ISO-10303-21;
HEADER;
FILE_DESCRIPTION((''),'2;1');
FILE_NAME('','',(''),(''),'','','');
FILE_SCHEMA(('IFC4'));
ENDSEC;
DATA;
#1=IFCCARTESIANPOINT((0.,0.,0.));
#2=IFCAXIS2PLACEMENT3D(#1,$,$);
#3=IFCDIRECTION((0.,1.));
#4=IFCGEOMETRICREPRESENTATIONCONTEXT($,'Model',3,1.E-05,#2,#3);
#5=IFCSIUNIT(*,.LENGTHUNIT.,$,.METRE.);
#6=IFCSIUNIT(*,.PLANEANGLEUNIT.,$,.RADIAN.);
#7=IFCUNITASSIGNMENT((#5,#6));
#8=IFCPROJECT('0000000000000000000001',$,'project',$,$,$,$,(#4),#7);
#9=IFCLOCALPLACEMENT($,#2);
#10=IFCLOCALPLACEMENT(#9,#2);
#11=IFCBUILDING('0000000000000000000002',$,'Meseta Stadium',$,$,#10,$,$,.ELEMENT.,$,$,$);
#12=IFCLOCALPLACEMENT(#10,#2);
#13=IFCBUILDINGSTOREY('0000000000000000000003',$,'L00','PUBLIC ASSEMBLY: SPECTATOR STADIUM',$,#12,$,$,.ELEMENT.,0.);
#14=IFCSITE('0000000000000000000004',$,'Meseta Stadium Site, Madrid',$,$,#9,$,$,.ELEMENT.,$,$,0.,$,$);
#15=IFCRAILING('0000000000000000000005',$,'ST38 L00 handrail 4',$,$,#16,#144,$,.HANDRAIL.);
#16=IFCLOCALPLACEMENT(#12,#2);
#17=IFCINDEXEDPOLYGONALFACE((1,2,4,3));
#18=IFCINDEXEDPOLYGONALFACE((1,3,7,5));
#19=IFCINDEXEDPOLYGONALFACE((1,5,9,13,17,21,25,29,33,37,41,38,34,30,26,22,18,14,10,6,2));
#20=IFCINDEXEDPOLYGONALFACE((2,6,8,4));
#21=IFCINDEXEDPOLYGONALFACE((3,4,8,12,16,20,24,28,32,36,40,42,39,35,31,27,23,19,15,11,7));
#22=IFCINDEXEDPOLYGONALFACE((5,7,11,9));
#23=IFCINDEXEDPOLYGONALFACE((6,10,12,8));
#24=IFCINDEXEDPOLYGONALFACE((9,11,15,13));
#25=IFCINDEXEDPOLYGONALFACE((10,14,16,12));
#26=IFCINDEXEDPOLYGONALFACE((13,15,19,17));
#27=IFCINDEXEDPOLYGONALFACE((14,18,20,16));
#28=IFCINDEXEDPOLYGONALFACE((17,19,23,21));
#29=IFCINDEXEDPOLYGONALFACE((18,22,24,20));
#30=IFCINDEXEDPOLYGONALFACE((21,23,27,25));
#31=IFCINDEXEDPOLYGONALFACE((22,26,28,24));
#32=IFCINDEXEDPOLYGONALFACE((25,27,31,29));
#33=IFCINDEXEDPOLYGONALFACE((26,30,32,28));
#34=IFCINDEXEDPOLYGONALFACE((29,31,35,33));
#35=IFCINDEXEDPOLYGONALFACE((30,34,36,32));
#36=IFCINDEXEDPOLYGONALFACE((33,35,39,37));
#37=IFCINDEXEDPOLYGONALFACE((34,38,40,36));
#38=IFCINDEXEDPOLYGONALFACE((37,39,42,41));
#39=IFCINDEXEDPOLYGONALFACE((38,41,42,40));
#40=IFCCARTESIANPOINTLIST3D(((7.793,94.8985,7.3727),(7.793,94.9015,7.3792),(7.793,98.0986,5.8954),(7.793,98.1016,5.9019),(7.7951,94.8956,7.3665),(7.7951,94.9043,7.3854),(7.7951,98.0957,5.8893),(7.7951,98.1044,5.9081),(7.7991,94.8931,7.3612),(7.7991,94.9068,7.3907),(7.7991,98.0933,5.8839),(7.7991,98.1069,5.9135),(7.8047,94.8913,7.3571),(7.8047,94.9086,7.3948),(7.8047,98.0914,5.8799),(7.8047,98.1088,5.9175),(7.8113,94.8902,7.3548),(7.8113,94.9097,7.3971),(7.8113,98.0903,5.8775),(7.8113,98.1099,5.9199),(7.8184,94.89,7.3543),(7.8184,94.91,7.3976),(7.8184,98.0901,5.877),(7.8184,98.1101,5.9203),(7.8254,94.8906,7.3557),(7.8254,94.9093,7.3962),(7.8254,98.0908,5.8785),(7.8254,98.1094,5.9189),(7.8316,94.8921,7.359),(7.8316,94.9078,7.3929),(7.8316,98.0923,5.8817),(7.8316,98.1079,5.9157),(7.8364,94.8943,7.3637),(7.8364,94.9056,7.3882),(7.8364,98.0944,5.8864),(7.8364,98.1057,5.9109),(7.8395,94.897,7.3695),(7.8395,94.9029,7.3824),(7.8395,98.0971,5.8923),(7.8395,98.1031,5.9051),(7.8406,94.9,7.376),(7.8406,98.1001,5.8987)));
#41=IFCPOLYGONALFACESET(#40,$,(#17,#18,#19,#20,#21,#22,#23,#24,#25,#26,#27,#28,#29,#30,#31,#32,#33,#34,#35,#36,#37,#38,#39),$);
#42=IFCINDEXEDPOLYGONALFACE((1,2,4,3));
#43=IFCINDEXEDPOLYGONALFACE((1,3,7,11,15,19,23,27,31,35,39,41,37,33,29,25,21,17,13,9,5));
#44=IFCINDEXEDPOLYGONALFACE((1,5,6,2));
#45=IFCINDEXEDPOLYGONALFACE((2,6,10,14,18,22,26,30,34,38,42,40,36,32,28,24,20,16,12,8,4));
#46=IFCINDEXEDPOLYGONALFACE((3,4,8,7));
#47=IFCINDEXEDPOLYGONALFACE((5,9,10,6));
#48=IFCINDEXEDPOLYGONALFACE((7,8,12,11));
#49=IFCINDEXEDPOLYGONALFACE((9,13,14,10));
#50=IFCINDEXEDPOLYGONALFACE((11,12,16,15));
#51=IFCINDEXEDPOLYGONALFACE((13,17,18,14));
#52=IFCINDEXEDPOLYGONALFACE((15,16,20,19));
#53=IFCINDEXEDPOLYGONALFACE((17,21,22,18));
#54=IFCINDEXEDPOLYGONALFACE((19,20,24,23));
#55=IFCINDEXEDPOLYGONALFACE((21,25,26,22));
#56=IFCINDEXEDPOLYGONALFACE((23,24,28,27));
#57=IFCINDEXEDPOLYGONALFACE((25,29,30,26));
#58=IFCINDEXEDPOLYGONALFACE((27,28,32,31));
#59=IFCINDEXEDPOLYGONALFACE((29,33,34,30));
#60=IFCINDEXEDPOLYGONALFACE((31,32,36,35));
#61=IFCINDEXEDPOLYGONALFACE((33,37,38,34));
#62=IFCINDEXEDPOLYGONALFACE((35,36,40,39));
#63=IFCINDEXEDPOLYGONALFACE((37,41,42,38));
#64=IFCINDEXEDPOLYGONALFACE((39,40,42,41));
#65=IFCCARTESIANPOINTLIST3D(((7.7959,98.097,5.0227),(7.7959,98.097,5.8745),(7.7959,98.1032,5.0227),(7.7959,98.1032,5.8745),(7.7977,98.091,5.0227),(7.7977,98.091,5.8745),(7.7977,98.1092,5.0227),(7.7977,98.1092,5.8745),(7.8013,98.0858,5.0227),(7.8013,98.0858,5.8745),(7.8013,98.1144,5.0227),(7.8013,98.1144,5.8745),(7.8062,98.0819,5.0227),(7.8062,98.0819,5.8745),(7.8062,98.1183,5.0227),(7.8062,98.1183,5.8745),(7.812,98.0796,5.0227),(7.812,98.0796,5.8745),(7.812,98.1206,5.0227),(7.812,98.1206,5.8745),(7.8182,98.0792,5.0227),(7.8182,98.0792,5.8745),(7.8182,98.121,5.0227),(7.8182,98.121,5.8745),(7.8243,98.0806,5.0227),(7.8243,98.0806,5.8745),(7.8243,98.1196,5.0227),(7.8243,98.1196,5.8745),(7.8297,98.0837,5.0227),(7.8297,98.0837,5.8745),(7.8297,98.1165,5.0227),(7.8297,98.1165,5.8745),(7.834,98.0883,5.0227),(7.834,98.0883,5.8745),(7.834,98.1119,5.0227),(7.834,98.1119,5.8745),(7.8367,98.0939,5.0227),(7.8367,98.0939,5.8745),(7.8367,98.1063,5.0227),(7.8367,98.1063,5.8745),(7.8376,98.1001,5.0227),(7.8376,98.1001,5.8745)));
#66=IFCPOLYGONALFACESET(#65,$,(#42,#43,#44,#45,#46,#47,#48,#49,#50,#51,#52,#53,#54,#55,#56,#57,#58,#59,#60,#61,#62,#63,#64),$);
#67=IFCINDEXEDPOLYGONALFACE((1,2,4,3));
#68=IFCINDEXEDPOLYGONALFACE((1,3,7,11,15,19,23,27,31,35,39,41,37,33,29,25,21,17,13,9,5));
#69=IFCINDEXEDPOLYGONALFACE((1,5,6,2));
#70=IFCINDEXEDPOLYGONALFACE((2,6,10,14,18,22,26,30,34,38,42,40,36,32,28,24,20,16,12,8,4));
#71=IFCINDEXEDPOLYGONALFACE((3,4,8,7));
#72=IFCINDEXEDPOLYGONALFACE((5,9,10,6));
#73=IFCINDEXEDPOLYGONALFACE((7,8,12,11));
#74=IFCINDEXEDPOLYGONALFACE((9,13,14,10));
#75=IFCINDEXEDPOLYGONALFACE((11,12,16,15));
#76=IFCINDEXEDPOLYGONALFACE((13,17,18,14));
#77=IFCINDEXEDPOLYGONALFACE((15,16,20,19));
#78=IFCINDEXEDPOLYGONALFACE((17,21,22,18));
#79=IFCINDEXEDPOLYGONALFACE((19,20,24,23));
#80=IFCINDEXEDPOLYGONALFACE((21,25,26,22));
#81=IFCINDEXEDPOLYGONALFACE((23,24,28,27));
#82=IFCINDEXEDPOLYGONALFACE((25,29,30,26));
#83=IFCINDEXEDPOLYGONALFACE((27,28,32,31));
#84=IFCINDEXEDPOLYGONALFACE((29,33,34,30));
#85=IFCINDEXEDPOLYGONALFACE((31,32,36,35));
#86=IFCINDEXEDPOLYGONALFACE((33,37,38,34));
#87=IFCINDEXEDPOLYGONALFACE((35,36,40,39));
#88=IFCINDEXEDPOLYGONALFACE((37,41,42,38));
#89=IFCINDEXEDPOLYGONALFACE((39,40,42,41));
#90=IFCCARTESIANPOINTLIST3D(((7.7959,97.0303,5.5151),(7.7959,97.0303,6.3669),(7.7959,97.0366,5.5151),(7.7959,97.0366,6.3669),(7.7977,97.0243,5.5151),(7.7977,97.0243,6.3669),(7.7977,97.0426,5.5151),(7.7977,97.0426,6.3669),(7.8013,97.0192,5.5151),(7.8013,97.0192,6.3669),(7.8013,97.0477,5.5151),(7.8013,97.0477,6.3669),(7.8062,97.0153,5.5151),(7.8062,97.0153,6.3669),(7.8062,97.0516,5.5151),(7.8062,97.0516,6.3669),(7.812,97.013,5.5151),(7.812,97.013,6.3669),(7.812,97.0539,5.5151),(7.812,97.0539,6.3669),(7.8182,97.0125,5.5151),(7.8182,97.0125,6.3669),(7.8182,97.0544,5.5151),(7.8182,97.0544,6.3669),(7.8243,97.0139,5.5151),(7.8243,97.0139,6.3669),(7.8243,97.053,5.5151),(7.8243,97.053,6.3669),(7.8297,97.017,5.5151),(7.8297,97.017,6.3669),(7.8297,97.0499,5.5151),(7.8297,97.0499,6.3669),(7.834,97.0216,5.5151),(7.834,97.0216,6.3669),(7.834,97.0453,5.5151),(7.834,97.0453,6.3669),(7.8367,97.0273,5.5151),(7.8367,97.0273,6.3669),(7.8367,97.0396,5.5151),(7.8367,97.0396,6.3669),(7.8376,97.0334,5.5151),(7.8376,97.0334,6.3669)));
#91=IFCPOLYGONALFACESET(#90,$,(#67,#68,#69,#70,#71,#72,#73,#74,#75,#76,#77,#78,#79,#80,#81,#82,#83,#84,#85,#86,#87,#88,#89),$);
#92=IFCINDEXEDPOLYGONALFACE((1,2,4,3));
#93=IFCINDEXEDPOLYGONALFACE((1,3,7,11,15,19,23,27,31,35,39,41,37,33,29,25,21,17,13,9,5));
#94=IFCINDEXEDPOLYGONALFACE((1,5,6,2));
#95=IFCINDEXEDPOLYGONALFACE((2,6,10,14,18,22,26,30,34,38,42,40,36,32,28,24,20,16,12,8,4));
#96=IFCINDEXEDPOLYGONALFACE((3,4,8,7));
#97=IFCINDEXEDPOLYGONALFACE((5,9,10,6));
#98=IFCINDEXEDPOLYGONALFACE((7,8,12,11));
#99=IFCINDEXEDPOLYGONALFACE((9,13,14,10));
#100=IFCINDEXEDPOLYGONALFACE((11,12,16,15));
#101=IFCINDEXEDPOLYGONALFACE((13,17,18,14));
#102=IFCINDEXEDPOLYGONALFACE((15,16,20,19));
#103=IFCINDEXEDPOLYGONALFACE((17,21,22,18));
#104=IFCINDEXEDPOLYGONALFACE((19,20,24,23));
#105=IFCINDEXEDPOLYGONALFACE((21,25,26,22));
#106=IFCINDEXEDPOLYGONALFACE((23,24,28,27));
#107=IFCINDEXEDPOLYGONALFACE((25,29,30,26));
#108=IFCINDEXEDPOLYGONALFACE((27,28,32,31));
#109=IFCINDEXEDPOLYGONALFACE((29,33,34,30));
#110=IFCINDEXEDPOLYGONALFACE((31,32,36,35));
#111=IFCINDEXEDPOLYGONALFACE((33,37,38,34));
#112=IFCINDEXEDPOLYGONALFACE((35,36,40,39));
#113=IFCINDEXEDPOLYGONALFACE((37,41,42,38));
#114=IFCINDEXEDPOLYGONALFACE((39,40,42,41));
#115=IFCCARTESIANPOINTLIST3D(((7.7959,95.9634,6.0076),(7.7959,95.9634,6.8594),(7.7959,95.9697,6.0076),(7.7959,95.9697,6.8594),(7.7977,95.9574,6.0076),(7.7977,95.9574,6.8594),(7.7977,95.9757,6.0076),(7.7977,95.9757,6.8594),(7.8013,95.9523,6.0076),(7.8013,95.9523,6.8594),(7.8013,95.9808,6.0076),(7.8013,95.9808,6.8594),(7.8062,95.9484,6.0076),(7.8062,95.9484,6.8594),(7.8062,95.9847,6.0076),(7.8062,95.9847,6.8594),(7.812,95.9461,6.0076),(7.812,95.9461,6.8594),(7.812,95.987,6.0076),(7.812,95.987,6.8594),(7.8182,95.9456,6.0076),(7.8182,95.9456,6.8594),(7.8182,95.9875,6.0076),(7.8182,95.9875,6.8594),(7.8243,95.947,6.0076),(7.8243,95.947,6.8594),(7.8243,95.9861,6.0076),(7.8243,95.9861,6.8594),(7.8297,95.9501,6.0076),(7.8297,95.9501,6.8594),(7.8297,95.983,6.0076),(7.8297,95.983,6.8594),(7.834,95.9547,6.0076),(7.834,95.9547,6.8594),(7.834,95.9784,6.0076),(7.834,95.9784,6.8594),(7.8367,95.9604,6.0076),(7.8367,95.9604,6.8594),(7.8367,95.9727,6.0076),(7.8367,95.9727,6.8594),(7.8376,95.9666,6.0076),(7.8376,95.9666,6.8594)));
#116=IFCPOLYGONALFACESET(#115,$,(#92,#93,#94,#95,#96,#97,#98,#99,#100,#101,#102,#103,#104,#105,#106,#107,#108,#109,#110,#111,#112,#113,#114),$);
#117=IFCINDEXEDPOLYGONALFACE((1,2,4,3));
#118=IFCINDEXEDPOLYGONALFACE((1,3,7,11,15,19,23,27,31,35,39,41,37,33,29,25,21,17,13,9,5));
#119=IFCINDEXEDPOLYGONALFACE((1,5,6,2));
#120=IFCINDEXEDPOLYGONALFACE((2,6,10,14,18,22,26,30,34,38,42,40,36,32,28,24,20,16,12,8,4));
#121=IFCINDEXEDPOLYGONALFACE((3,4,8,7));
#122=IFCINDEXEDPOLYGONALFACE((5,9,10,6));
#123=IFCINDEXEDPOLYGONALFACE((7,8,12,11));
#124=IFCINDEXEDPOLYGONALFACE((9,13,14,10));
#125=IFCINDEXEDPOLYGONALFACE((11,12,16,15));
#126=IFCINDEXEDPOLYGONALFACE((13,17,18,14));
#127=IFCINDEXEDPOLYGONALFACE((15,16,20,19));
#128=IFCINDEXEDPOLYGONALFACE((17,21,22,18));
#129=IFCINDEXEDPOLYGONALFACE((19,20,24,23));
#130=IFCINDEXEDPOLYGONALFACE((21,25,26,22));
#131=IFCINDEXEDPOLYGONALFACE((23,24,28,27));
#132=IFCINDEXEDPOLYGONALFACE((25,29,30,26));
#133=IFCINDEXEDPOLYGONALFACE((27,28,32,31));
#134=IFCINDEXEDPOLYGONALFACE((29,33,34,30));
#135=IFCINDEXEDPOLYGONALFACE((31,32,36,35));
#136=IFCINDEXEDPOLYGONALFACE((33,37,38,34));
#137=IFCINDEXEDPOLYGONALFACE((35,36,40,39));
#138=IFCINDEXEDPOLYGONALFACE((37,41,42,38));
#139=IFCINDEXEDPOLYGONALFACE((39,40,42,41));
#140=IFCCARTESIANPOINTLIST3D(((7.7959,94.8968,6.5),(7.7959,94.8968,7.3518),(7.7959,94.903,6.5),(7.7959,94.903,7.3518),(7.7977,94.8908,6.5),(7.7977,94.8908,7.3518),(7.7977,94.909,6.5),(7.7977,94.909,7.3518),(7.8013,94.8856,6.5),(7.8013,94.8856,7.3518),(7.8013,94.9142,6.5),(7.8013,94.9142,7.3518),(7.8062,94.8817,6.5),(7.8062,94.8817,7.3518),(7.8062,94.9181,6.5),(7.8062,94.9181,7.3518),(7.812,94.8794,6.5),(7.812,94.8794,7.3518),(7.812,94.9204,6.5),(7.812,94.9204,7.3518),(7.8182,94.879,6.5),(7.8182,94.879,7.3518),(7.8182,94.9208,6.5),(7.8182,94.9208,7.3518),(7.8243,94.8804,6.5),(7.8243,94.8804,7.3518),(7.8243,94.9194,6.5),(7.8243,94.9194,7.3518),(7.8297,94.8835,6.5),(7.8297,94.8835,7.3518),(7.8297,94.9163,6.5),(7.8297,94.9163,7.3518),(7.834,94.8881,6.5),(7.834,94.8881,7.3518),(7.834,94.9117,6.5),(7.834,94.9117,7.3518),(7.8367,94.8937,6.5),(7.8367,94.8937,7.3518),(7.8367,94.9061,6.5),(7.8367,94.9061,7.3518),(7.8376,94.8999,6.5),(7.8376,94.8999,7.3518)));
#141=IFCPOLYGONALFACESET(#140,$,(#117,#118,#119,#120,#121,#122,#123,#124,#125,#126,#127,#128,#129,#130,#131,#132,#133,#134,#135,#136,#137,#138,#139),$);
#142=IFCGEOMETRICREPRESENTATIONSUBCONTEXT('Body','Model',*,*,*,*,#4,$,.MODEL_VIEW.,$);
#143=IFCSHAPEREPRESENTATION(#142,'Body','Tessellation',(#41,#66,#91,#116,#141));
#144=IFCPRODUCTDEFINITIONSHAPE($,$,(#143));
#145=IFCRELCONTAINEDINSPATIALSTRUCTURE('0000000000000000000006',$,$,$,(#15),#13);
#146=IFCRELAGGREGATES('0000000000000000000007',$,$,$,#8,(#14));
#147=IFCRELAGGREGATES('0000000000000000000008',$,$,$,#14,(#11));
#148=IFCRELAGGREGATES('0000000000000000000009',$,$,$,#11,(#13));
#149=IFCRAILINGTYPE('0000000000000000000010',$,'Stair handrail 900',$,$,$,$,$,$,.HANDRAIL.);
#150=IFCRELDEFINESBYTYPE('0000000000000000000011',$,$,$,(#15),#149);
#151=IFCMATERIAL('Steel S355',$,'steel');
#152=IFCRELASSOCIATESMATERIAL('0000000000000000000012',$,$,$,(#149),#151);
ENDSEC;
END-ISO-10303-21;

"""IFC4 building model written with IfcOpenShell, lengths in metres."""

from ifc_helpers import new_model, si_unit, direction, frame, origin, origin_2d, place, context, subcontext, project, spatial, circle, extrude, material, type_object, element, save


model = new_model("IFC4")

# Units and contexts
model_context = context("Model", 3, precision=1e-05, world=origin(), true_north=direction((0.0, 1.0)))
body_context = subcontext(model_context, "Body", "Model", "MODEL_VIEW")
ifc_project = project(units=[si_unit("LENGTHUNIT", "METRE"), si_unit("PLANEANGLEUNIT", "RADIAN")], contexts=[model_context])

# Site, building, storey
site_placement = place(None, origin())
site = spatial("IfcSite", under=ifc_project, at=site_placement, Name="Meseta Stadium Site, Madrid", CompositionType="ELEMENT", RefElevation=0.0)
building_placement = place(site_placement, origin())
building = spatial("IfcBuilding", under=site, at=building_placement, Name="Meseta Stadium", CompositionType="ELEMENT")
storey_placement = place(building_placement, origin())
storey = spatial("IfcBuildingStorey", under=building, at=storey_placement, Name="L00", Description="PUBLIC ASSEMBLY: SPECTATOR STADIUM", CompositionType="ELEMENT", Elevation=0.0)

# Railing
ifc_material_1 = material(Name="Steel S355", Category="steel")
railing_type_1 = type_object("IfcRailingType", Name="Stair handrail 900", PredefinedType="HANDRAIL", material=ifc_material_1)
railing_1_placement = place(storey_placement, frame((7.8167, 98.1001, 5.0227)))
element("IfcRailing", 1, at=railing_1_placement, inside=storey, type_object=railing_type_1, Name="ST38 L00 handrail 4", PredefinedType="HANDRAIL", context=body_context, shape_type="SweptSolid", body=[
    extrude(circle(Radius=0.0239, at=origin_2d()), frame((0.0, 0.0, 0.876), z_axis=(0.0, -0.907929, 0.419124), x_axis=(1.0, 0.0, 0.0)), (0.0, 0.0, 1.0), 3.5247),
    extrude(circle(Radius=0.021, at=origin_2d()), origin(), (0.0, 0.0, 1.0), 0.8518),
    extrude(circle(Radius=0.021, at=origin_2d()), frame((0.0, -1.0667, 0.4924)), (0.0, 0.0, 1.0), 0.8518),
    extrude(circle(Radius=0.021, at=origin_2d()), frame((0.0, -2.1335, 0.9849)), (0.0, 0.0, 1.0), 0.8518),
    extrude(circle(Radius=0.021, at=origin_2d()), frame((0.0, -3.2002, 1.4773)), (0.0, 0.0, 1.0), 0.8518),
])

save(model, "model.ifc")
